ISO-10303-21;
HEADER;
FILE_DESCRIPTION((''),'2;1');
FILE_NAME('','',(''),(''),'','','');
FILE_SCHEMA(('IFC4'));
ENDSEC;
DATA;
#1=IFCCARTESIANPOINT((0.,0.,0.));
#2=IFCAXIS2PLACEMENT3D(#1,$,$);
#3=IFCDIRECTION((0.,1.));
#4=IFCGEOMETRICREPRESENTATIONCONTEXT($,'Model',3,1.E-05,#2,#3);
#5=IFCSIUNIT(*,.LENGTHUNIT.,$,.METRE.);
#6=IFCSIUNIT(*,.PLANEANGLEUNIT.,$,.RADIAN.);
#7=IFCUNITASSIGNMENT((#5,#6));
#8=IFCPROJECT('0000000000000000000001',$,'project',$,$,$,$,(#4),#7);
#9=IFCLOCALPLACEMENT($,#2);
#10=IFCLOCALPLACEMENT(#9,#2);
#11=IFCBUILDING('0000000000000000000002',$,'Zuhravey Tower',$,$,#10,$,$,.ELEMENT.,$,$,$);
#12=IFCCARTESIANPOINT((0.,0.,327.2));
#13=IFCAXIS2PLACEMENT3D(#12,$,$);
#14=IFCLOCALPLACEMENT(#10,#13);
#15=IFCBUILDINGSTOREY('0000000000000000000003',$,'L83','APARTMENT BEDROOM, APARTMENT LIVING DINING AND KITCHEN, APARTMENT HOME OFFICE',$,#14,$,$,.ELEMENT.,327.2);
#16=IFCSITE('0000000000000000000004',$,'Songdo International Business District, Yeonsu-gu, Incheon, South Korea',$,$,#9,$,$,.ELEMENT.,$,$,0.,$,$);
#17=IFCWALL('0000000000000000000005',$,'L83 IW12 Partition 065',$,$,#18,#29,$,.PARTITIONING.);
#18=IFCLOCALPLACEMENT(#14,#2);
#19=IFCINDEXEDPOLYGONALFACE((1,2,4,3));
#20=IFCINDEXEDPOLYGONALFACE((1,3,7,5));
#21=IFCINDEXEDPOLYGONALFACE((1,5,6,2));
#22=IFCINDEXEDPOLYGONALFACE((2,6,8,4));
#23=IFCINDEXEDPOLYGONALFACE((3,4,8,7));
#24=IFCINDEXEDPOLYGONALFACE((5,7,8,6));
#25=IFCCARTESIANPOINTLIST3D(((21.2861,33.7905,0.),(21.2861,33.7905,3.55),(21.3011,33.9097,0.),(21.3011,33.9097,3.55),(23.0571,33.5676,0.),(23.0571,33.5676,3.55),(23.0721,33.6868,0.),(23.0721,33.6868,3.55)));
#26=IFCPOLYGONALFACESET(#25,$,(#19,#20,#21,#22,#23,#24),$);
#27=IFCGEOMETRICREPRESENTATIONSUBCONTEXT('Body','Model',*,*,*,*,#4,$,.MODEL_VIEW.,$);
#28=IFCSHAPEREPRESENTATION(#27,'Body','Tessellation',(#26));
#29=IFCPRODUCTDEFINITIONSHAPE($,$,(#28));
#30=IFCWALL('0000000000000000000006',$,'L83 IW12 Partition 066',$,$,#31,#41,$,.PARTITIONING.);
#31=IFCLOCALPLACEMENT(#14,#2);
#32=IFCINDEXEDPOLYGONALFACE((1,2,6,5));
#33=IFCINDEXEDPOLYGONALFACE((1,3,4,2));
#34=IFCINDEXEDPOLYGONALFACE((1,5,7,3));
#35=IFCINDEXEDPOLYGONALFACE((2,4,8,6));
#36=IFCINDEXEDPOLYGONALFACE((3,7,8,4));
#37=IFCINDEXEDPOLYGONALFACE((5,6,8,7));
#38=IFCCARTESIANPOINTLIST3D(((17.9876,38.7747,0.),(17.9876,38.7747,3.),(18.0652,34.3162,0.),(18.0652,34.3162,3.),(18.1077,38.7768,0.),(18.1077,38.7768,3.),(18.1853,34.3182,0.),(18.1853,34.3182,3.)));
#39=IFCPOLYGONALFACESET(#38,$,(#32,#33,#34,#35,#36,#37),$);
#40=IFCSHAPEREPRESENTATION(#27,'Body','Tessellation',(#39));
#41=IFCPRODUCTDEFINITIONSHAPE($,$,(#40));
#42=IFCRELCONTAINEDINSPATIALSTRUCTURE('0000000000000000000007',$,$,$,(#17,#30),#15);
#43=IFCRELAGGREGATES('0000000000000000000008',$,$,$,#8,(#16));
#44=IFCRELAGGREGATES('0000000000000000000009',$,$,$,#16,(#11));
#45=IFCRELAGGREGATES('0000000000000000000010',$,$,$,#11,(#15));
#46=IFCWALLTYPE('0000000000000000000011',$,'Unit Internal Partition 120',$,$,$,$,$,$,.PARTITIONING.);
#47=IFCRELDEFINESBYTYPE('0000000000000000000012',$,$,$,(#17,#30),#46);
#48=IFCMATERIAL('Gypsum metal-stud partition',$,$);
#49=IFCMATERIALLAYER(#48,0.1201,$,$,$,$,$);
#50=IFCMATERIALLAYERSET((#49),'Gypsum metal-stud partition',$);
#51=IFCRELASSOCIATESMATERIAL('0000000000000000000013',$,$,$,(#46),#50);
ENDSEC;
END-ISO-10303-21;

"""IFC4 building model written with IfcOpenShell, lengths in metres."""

from ifc_helpers import new_model, si_unit, direction, frame, frame_2d, origin, place, context, subcontext, project, spatial, rectangle, extrude, material, layer, layer_set, type_object, element, save


model = new_model("IFC4")

# Units and contexts
model_context = context("Model", 3, precision=1e-05, world=origin(), true_north=direction((0.0, 1.0)))
body_context = subcontext(model_context, "Body", "Model", "MODEL_VIEW")
ifc_project = project(units=[si_unit("LENGTHUNIT", "METRE"), si_unit("PLANEANGLEUNIT", "RADIAN")], contexts=[model_context])

# Site, building, storey
site_placement = place(None, origin())
site = spatial("IfcSite", under=ifc_project, at=site_placement, Name="Songdo International Business District, Yeonsu-gu, Incheon, South Korea", CompositionType="ELEMENT", RefElevation=0.0)
building_placement = place(site_placement, origin())
building = spatial("IfcBuilding", under=site, at=building_placement, Name="Zuhravey Tower", CompositionType="ELEMENT")
storey_placement = place(building_placement, frame((0.0, 0.0, 327.2)))
storey = spatial("IfcBuildingStorey", under=building, at=storey_placement, Name="L83", Description="APARTMENT BEDROOM, APARTMENT LIVING DINING AND KITCHEN, APARTMENT HOME OFFICE", CompositionType="ELEMENT", Elevation=327.2)

# Shared definitions
ifc_material_1 = material(Name="Gypsum metal-stud partition")
ifc_layer_1 = layer(ifc_material_1, 0.1201)
ifc_layer_set_1 = layer_set([ifc_layer_1], Name="Gypsum metal-stud partition")
wall_type_1 = type_object("IfcWallType", Name="Unit Internal Partition 120", PredefinedType="PARTITIONING", material=ifc_layer_set_1)

# Walls
wall_1_placement = place(storey_placement, frame((23.0647, 33.6272, 0.0), z_axis=(0.0, 0.0, 1.0), x_axis=(-0.992172, 0.124876, 0.0)))
element("IfcWall", 1, at=wall_1_placement, inside=storey, type_object=wall_type_1, Name="L83 IW12 Partition 065", PredefinedType="PARTITIONING", context=body_context, shape_type="SweptSolid", body=[
    extrude(rectangle(XDim=1.7849, YDim=0.1201, at=frame_2d((0.8926, 0.0))), origin(), (0.0, 0.0, 1.0), 3.55),
])
wall_2_placement = place(storey_placement, frame((18.0476, 38.7756, 0.0), z_axis=(0.0, 0.0, 1.0), x_axis=(0.017411, -0.999848, 0.0)))
element("IfcWall", 2, at=wall_2_placement, inside=storey, type_object=wall_type_1, Name="L83 IW12 Partition 066", PredefinedType="PARTITIONING", context=body_context, shape_type="SweptSolid", body=[
    extrude(rectangle(XDim=4.4592, YDim=0.1201, at=frame_2d((2.2295, 0.0))), origin(), (0.0, 0.0, 1.0), 3.0),
])

save(model, "model.ifc")
